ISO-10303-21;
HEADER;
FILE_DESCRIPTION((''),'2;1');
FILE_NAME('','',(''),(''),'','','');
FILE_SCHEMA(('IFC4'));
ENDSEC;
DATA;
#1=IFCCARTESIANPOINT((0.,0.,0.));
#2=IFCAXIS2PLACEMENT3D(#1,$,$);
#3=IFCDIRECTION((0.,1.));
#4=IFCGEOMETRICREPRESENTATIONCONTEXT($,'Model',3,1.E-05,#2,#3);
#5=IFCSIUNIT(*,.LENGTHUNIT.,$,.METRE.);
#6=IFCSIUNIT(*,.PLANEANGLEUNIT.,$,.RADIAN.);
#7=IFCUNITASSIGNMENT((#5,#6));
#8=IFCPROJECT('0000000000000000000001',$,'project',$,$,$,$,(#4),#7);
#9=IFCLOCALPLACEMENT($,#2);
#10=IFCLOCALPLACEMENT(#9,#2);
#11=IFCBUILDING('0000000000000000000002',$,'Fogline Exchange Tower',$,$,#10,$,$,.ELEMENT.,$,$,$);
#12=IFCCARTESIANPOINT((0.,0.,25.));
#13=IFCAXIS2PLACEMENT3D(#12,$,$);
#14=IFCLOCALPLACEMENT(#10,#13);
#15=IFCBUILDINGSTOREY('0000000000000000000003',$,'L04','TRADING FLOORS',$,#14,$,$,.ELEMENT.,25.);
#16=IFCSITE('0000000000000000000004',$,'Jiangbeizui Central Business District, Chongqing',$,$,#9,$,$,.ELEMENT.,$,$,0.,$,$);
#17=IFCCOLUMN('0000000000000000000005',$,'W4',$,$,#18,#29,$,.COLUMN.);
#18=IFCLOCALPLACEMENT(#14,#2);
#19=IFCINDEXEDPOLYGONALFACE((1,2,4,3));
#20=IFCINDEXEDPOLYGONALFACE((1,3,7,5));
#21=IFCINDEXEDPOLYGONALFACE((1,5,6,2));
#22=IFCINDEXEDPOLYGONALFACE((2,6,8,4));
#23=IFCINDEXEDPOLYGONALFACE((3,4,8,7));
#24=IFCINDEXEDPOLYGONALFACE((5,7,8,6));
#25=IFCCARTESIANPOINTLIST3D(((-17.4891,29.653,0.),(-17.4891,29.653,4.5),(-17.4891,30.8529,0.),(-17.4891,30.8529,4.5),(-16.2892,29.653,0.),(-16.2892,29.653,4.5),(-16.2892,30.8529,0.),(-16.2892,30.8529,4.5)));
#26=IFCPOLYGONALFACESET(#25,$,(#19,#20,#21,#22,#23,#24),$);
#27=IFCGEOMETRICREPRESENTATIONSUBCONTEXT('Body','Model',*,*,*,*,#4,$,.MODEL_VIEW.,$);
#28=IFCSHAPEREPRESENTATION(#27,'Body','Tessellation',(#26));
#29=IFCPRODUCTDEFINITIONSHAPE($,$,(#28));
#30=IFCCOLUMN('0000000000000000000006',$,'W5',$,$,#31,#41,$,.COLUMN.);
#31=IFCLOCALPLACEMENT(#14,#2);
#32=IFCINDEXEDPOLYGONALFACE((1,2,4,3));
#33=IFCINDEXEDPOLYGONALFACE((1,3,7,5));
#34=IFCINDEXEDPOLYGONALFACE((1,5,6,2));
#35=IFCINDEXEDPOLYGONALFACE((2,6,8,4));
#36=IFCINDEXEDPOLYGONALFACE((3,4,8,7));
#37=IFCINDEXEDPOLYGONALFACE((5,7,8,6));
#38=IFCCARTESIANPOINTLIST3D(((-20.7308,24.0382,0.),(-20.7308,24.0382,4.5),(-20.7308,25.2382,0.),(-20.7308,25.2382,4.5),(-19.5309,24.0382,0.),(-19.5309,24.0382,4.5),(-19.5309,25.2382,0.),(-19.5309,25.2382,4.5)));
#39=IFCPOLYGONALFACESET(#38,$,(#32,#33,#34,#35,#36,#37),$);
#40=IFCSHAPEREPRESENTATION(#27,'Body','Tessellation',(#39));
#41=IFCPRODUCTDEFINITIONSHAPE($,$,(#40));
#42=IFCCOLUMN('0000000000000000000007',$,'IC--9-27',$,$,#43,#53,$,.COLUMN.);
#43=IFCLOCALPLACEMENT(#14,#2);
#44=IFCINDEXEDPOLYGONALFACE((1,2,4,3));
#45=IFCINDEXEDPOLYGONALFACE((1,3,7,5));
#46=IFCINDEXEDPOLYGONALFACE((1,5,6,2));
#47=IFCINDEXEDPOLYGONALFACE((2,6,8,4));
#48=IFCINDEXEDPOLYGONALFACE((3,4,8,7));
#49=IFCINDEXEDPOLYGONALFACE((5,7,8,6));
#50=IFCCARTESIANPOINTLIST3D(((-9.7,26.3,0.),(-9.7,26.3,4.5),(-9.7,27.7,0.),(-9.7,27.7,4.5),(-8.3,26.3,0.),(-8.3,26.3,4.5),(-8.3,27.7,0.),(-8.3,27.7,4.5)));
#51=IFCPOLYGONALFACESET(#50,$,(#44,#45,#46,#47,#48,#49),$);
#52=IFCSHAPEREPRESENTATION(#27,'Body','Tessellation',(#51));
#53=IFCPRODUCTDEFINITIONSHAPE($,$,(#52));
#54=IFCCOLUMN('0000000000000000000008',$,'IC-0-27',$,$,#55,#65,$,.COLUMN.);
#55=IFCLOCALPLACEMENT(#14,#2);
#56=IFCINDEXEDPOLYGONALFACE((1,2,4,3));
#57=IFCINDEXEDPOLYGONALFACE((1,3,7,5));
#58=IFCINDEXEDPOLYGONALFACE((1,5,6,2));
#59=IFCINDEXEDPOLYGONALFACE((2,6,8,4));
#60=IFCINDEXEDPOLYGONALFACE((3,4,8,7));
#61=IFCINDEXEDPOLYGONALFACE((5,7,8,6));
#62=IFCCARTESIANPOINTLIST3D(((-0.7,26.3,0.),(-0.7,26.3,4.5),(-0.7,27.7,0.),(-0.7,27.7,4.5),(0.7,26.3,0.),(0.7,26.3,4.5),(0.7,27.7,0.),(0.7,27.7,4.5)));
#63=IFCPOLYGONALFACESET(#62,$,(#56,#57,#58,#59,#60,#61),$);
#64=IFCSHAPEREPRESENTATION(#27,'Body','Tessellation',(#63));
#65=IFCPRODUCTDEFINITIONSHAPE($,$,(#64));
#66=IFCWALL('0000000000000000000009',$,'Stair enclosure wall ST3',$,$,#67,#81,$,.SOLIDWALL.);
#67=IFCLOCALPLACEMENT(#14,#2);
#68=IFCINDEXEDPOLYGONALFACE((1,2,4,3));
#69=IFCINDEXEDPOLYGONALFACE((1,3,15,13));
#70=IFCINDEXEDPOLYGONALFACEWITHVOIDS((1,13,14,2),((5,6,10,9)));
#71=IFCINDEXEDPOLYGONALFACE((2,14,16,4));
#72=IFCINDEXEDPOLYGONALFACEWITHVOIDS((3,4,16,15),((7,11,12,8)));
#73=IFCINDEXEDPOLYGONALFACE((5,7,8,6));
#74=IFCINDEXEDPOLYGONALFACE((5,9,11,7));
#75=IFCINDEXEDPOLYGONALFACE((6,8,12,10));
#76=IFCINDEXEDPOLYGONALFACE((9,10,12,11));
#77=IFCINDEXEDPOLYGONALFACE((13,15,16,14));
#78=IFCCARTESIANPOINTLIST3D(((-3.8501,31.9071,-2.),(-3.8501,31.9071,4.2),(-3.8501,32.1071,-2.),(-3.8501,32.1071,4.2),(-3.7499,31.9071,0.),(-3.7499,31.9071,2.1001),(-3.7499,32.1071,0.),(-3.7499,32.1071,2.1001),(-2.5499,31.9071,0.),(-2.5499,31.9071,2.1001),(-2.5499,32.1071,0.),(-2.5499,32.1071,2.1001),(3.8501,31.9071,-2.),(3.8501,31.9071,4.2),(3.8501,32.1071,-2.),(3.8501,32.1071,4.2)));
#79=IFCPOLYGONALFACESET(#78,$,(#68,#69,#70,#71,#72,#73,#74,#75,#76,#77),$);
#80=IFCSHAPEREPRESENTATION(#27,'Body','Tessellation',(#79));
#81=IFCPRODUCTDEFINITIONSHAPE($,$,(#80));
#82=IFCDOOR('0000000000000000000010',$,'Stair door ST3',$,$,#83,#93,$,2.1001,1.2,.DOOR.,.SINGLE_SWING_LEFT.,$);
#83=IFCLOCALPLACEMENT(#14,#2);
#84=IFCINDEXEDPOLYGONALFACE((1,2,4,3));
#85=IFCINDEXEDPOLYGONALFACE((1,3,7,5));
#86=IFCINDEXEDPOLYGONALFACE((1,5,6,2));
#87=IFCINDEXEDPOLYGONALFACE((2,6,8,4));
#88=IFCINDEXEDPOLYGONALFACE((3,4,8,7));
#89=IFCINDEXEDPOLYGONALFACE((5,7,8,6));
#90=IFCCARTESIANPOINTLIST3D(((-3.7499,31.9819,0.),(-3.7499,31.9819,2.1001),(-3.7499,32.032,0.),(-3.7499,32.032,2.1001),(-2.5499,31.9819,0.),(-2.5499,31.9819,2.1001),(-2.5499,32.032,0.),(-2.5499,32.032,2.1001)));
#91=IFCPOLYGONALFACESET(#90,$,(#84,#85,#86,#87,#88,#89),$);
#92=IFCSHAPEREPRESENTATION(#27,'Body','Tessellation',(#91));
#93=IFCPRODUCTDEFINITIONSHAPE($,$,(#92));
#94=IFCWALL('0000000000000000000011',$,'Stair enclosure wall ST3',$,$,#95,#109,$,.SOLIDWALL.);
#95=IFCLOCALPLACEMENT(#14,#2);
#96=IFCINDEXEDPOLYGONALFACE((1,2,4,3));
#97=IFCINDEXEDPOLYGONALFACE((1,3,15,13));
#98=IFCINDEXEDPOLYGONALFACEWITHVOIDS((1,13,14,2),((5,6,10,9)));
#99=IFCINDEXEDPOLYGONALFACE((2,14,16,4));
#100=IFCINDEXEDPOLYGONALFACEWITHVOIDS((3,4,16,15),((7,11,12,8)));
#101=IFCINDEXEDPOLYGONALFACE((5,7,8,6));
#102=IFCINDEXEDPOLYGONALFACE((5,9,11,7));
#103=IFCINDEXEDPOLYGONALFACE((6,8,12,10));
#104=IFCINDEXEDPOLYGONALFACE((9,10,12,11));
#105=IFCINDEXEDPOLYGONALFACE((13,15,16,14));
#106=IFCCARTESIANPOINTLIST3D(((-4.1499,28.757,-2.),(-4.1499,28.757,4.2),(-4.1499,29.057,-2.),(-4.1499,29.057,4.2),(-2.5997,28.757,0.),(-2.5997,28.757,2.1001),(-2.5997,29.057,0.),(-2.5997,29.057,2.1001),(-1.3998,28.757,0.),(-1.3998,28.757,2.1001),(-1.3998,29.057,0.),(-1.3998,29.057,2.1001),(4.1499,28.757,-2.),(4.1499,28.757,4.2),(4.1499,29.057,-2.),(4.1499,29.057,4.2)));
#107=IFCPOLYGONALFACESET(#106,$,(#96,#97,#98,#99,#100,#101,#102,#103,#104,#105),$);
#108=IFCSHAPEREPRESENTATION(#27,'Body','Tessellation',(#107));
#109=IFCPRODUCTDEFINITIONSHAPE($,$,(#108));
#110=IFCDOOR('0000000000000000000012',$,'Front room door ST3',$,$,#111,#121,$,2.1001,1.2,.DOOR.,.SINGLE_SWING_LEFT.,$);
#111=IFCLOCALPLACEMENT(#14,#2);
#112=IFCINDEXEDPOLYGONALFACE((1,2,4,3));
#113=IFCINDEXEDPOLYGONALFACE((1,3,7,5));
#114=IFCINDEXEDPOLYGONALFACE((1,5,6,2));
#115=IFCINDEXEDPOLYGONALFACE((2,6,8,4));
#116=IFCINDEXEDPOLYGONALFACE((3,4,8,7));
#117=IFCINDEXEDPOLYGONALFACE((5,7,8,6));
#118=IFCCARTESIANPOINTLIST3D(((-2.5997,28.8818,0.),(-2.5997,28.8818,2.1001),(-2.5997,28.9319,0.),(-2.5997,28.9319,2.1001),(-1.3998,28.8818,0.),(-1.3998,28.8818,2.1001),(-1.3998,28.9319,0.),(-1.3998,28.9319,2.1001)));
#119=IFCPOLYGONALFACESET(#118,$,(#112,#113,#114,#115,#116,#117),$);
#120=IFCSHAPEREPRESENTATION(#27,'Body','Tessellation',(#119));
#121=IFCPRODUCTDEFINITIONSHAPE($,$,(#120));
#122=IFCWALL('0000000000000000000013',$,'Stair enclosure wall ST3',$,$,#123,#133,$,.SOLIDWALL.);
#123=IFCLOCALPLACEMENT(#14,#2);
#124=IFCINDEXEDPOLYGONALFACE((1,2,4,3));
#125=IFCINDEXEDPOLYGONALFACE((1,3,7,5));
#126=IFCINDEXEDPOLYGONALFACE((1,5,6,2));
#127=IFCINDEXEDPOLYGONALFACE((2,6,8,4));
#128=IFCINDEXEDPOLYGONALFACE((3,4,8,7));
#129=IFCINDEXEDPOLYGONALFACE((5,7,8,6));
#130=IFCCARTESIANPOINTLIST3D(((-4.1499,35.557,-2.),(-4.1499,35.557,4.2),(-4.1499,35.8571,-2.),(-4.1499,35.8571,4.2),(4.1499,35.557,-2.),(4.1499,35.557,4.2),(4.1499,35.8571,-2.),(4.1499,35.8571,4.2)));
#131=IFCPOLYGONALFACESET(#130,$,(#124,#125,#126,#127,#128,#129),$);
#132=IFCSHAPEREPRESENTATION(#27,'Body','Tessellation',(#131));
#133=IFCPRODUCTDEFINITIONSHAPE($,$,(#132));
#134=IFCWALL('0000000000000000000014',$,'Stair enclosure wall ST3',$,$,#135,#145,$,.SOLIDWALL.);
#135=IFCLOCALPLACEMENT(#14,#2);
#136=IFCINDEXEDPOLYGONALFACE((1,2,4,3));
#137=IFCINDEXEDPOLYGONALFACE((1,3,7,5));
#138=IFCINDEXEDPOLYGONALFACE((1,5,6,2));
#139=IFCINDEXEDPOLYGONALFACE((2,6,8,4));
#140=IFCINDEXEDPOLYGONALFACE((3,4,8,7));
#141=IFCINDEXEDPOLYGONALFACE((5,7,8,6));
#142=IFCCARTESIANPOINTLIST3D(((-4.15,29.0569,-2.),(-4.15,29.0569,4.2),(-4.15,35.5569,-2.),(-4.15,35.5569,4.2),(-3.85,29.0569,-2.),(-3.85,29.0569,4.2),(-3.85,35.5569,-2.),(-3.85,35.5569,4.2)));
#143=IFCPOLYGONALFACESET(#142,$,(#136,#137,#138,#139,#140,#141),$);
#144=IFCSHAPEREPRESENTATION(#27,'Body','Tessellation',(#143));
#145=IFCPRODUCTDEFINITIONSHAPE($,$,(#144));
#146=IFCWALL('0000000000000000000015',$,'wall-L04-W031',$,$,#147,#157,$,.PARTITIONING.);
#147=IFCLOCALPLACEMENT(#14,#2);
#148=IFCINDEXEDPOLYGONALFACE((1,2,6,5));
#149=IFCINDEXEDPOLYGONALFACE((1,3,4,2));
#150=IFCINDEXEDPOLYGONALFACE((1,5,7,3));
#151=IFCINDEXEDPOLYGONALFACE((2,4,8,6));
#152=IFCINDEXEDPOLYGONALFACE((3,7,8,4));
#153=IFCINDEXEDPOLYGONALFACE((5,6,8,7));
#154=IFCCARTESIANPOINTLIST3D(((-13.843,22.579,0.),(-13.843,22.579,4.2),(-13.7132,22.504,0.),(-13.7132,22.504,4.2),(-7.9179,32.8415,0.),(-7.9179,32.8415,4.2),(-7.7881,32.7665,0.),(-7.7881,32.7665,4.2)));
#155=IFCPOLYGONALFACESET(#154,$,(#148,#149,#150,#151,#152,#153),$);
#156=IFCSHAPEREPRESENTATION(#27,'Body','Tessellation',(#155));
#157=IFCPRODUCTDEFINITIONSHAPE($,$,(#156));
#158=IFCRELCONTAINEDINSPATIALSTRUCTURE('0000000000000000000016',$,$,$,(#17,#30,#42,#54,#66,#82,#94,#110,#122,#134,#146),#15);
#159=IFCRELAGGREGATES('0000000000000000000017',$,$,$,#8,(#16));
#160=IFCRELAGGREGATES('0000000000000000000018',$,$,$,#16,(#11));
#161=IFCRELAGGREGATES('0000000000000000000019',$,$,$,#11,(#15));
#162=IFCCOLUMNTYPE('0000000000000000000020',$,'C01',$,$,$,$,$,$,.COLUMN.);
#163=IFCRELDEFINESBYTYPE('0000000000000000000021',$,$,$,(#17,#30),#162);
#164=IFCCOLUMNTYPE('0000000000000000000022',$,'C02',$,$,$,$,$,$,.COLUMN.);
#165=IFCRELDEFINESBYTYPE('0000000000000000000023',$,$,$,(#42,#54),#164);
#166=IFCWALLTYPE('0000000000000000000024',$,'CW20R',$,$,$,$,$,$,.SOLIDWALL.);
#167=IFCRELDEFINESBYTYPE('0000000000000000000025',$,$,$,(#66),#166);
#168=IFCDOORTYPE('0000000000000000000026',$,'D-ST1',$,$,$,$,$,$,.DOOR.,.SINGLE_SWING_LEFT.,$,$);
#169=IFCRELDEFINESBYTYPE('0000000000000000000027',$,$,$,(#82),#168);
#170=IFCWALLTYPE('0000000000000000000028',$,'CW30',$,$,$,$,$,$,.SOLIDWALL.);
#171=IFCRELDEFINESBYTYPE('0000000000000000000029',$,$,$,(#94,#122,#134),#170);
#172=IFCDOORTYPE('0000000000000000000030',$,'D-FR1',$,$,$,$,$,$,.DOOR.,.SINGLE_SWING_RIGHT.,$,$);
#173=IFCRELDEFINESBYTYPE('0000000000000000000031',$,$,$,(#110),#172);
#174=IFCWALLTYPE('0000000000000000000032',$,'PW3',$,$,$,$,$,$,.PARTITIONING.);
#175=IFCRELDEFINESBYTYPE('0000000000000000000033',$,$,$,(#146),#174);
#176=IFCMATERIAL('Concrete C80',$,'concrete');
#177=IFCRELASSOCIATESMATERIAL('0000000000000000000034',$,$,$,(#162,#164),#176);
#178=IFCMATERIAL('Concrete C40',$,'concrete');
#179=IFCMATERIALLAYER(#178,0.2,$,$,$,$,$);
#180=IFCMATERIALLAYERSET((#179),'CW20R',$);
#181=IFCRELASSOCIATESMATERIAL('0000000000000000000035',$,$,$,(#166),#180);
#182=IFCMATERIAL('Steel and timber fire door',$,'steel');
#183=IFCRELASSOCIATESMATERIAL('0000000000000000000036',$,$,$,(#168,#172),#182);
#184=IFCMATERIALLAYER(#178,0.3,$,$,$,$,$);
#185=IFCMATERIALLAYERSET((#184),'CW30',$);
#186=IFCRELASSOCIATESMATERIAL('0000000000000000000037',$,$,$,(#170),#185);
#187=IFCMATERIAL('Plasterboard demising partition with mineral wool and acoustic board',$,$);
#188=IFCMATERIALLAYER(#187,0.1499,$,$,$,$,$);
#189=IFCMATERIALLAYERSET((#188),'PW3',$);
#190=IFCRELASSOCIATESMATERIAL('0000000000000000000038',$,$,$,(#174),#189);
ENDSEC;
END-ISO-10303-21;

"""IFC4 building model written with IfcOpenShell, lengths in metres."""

from ifc_helpers import new_model, si_unit, direction, frame, frame_2d, origin, origin_2d, place, context, subcontext, project, spatial, rectangle, extrude, material, layer, layer_set, material_profile, profile_set, type_object, element, fill, save


model = new_model("IFC4")

# Units and contexts
model_context = context("Model", 3, precision=1e-05, world=origin(), true_north=direction((0.0, 1.0)))
body_context = subcontext(model_context, "Body", "Model", "MODEL_VIEW")
ifc_project = project(units=[si_unit("LENGTHUNIT", "METRE"), si_unit("PLANEANGLEUNIT", "RADIAN")], contexts=[model_context])

# Site, building, storey
site_placement = place(None, origin())
site = spatial("IfcSite", under=ifc_project, at=site_placement, Name="Jiangbeizui Central Business District, Chongqing", CompositionType="ELEMENT", RefElevation=0.0)
building_placement = place(site_placement, origin())
building = spatial("IfcBuilding", under=site, at=building_placement, Name="Fogline Exchange Tower", CompositionType="ELEMENT")
storey_placement = place(building_placement, frame((0.0, 0.0, 25.0)))
storey = spatial("IfcBuildingStorey", under=building, at=storey_placement, Name="L04", Description="TRADING FLOORS", CompositionType="ELEMENT", Elevation=25.0)

# Columns
ifc_material_1 = material(Name="Concrete C80", Category="concrete")
ifc_material_profile_1 = material_profile(ifc_material_1, rectangle(XDim=1.2, YDim=1.2, at=origin_2d()), Name="RC 1200x1200")
ifc_profile_set_1 = profile_set([ifc_material_profile_1], Name="Concrete C80")
column_type_1 = type_object("IfcColumnType", Name="C01", PredefinedType="COLUMN", material=ifc_profile_set_1)
for number, where, z_axis, x_axis, name in (
    (1, (-16.8892, 30.2529, 0.0), (0.0, 0.0, 1.0), (1.0, 0.0, 0.0), "W4"),
    (2, (-20.1309, 24.6382, 0.0), (0.0, 0.0, 1.0), (1.0, 0.0, 0.0), "W5"),
):
    element("IfcColumn", number, at=place(storey_placement, frame(where, z_axis=z_axis, x_axis=x_axis)), inside=storey, type_object=column_type_1, Name=name, PredefinedType="COLUMN", context=body_context, shape_type="SweptSolid", body=[
        extrude(rectangle(XDim=1.2, YDim=1.2, at=origin_2d()), origin(), (0.0, 0.0, 1.0), 4.5),
    ])
ifc_material_profile_2 = material_profile(ifc_material_1, rectangle(XDim=1.3999, YDim=1.3999, at=origin_2d()), Name="RC 1400x1400")
ifc_profile_set_2 = profile_set([ifc_material_profile_2], Name="Concrete C80")
column_type_2 = type_object("IfcColumnType", Name="C02", PredefinedType="COLUMN", material=ifc_profile_set_2)
for number, where, z_axis, x_axis, name in (
    (3, (-9.0, 27.0, 0.0), (0.0, 0.0, 1.0), (1.0, 0.0, 0.0), "IC--9-27"),
    (4, (0.0, 27.0, 0.0), (0.0, 0.0, 1.0), (1.0, 0.0, 0.0), "IC-0-27"),
):
    element("IfcColumn", number, at=place(storey_placement, frame(where, z_axis=z_axis, x_axis=x_axis)), inside=storey, type_object=column_type_2, Name=name, PredefinedType="COLUMN", context=body_context, shape_type="SweptSolid", body=[
        extrude(rectangle(XDim=1.3999, YDim=1.3999, at=origin_2d()), origin(), (0.0, 0.0, 1.0), 4.5),
    ])

# Walls, openings, doors
ifc_material_2 = material(Name="Concrete C40", Category="concrete")
ifc_layer_1 = layer(ifc_material_2, 0.2)
ifc_layer_set_1 = layer_set([ifc_layer_1], Name="CW20R")
wall_type_1 = type_object("IfcWallType", Name="CW20R", PredefinedType="SOLIDWALL", material=ifc_layer_set_1)
wall_1_placement = place(storey_placement, frame((-3.8501, 32.0071, -2.0), z_axis=(0.0, 0.0, 1.0), x_axis=(1.0, 0.0, 0.0)))
wall_1 = element("IfcWall", 5, at=wall_1_placement, inside=storey, type_object=wall_type_1, Name="Stair enclosure wall ST3", PredefinedType="SOLIDWALL", context=body_context, shape_type="SweptSolid", body=[
    extrude(rectangle(XDim=7.7002, YDim=0.2, at=frame_2d((3.8501, 0.0))), origin(), (0.0, 0.0, 1.0), 6.2),
])
opening_1_placement = place(wall_1_placement, frame((0.1001, 0.0, 2.0)))
opening_1 = element("IfcOpeningElement", 6, at=opening_1_placement, cuts=wall_1, PredefinedType="OPENING", context=body_context, shape_type="SweptSolid", body=[
    extrude(rectangle(XDim=1.2, YDim=2.1001, at=frame_2d((0.6001, 1.05))), frame((0.0, 0.1099, 0.0), z_axis=(0.0, -1.0, 0.0), x_axis=(1.0, 0.0, 0.0)), (0.0, 0.0, 1.0), 0.22),
])
ifc_material_3 = material(Name="Steel and timber fire door", Category="steel")
door_type_1 = type_object("IfcDoorType", Name="D-ST1", OperationType="SINGLE_SWING_LEFT", PredefinedType="DOOR", material=ifc_material_3)
door_1_placement = place(opening_1_placement, origin())
door_1 = element("IfcDoor", 7, at=door_1_placement, inside=storey, type_object=door_type_1, Name="Stair door ST3", OperationType="SINGLE_SWING_LEFT", OverallHeight=2.1001, OverallWidth=1.2, PredefinedType="DOOR", context=body_context, shape_type="SweptSolid", body=[
    extrude(rectangle(XDim=1.2, YDim=2.1001, at=frame_2d((0.6001, 1.05))), frame((0.0, 0.0249, 0.0), z_axis=(0.0, -1.0, 0.0), x_axis=(1.0, 0.0, 0.0)), (0.0, 0.0, 1.0), 0.05),
])
fill(opening_1, door_1)
ifc_layer_2 = layer(ifc_material_2, 0.3)
ifc_layer_set_2 = layer_set([ifc_layer_2], Name="CW30")
wall_type_2 = type_object("IfcWallType", Name="CW30", PredefinedType="SOLIDWALL", material=ifc_layer_set_2)
wall_2_placement = place(storey_placement, frame((-4.1499, 28.907, -2.0), z_axis=(0.0, 0.0, 1.0), x_axis=(1.0, 0.0, 0.0)))
wall_2 = element("IfcWall", 8, at=wall_2_placement, inside=storey, type_object=wall_type_2, Name="Stair enclosure wall ST3", PredefinedType="SOLIDWALL", context=body_context, shape_type="SweptSolid", body=[
    extrude(rectangle(XDim=8.2998, YDim=0.3, at=frame_2d((4.1499, 0.0))), origin(), (0.0, 0.0, 1.0), 6.2),
])
opening_2_placement = place(wall_2_placement, frame((1.55, 0.0, 2.0)))
opening_2 = element("IfcOpeningElement", 9, at=opening_2_placement, cuts=wall_2, PredefinedType="OPENING", context=body_context, shape_type="SweptSolid", body=[
    extrude(rectangle(XDim=1.2, YDim=2.1001, at=frame_2d((0.6001, 1.05))), frame((0.0, 0.1602, 0.0), z_axis=(0.0, -1.0, 0.0), x_axis=(1.0, 0.0, 0.0)), (0.0, 0.0, 1.0), 0.3201),
])
door_type_2 = type_object("IfcDoorType", Name="D-FR1", OperationType="SINGLE_SWING_RIGHT", PredefinedType="DOOR", material=ifc_material_3)
door_2_placement = place(opening_2_placement, origin())
door_2 = element("IfcDoor", 10, at=door_2_placement, inside=storey, type_object=door_type_2, Name="Front room door ST3", OperationType="SINGLE_SWING_LEFT", OverallHeight=2.1001, OverallWidth=1.2, PredefinedType="DOOR", context=body_context, shape_type="SweptSolid", body=[
    extrude(rectangle(XDim=1.2, YDim=2.1001, at=frame_2d((0.6001, 1.05))), frame((0.0, 0.0249, 0.0), z_axis=(0.0, -1.0, 0.0), x_axis=(1.0, 0.0, 0.0)), (0.0, 0.0, 1.0), 0.05),
])
fill(opening_2, door_2)

# Walls
wall_3_placement = place(storey_placement, frame((-4.1499, 35.707, -2.0), z_axis=(0.0, 0.0, 1.0), x_axis=(1.0, 0.0, 0.0)))
element("IfcWall", 11, at=wall_3_placement, inside=storey, type_object=wall_type_2, Name="Stair enclosure wall ST3", PredefinedType="SOLIDWALL", context=body_context, shape_type="SweptSolid", body=[
    extrude(rectangle(XDim=8.2998, YDim=0.3, at=frame_2d((4.1499, 0.0))), origin(), (0.0, 0.0, 1.0), 6.2),
])
wall_4_placement = place(storey_placement, frame((-4.0, 29.0569, -2.0), z_axis=(0.0, 0.0, 1.0), x_axis=(0.0, 1.0, 0.0)))
element("IfcWall", 12, at=wall_4_placement, inside=storey, type_object=wall_type_2, Name="Stair enclosure wall ST3", PredefinedType="SOLIDWALL", context=body_context, shape_type="SweptSolid", body=[
    extrude(rectangle(XDim=6.5, YDim=0.3, at=frame_2d((3.25, 0.0))), origin(), (0.0, 0.0, 1.0), 6.2),
])
ifc_material_4 = material(Name="Plasterboard demising partition with mineral wool and acoustic board")
ifc_layer_3 = layer(ifc_material_4, 0.1499)
ifc_layer_set_3 = layer_set([ifc_layer_3], Name="PW3")
wall_type_3 = type_object("IfcWallType", Name="PW3", PredefinedType="PARTITIONING", material=ifc_layer_set_3)
wall_5_placement = place(storey_placement, frame((-13.7781, 22.5415, 0.0), z_axis=(0.0, 0.0, 1.0), x_axis=(0.500001, 0.866025, 0.0)))
element("IfcWall", 13, at=wall_5_placement, inside=storey, type_object=wall_type_3, Name="wall-L04-W031", PredefinedType="PARTITIONING", context=body_context, shape_type="SweptSolid", body=[
    extrude(rectangle(XDim=11.8501, YDim=0.1499, at=frame_2d((5.925, 0.0))), origin(), (0.0, 0.0, 1.0), 4.2),
])

save(model, "model.ifc")
